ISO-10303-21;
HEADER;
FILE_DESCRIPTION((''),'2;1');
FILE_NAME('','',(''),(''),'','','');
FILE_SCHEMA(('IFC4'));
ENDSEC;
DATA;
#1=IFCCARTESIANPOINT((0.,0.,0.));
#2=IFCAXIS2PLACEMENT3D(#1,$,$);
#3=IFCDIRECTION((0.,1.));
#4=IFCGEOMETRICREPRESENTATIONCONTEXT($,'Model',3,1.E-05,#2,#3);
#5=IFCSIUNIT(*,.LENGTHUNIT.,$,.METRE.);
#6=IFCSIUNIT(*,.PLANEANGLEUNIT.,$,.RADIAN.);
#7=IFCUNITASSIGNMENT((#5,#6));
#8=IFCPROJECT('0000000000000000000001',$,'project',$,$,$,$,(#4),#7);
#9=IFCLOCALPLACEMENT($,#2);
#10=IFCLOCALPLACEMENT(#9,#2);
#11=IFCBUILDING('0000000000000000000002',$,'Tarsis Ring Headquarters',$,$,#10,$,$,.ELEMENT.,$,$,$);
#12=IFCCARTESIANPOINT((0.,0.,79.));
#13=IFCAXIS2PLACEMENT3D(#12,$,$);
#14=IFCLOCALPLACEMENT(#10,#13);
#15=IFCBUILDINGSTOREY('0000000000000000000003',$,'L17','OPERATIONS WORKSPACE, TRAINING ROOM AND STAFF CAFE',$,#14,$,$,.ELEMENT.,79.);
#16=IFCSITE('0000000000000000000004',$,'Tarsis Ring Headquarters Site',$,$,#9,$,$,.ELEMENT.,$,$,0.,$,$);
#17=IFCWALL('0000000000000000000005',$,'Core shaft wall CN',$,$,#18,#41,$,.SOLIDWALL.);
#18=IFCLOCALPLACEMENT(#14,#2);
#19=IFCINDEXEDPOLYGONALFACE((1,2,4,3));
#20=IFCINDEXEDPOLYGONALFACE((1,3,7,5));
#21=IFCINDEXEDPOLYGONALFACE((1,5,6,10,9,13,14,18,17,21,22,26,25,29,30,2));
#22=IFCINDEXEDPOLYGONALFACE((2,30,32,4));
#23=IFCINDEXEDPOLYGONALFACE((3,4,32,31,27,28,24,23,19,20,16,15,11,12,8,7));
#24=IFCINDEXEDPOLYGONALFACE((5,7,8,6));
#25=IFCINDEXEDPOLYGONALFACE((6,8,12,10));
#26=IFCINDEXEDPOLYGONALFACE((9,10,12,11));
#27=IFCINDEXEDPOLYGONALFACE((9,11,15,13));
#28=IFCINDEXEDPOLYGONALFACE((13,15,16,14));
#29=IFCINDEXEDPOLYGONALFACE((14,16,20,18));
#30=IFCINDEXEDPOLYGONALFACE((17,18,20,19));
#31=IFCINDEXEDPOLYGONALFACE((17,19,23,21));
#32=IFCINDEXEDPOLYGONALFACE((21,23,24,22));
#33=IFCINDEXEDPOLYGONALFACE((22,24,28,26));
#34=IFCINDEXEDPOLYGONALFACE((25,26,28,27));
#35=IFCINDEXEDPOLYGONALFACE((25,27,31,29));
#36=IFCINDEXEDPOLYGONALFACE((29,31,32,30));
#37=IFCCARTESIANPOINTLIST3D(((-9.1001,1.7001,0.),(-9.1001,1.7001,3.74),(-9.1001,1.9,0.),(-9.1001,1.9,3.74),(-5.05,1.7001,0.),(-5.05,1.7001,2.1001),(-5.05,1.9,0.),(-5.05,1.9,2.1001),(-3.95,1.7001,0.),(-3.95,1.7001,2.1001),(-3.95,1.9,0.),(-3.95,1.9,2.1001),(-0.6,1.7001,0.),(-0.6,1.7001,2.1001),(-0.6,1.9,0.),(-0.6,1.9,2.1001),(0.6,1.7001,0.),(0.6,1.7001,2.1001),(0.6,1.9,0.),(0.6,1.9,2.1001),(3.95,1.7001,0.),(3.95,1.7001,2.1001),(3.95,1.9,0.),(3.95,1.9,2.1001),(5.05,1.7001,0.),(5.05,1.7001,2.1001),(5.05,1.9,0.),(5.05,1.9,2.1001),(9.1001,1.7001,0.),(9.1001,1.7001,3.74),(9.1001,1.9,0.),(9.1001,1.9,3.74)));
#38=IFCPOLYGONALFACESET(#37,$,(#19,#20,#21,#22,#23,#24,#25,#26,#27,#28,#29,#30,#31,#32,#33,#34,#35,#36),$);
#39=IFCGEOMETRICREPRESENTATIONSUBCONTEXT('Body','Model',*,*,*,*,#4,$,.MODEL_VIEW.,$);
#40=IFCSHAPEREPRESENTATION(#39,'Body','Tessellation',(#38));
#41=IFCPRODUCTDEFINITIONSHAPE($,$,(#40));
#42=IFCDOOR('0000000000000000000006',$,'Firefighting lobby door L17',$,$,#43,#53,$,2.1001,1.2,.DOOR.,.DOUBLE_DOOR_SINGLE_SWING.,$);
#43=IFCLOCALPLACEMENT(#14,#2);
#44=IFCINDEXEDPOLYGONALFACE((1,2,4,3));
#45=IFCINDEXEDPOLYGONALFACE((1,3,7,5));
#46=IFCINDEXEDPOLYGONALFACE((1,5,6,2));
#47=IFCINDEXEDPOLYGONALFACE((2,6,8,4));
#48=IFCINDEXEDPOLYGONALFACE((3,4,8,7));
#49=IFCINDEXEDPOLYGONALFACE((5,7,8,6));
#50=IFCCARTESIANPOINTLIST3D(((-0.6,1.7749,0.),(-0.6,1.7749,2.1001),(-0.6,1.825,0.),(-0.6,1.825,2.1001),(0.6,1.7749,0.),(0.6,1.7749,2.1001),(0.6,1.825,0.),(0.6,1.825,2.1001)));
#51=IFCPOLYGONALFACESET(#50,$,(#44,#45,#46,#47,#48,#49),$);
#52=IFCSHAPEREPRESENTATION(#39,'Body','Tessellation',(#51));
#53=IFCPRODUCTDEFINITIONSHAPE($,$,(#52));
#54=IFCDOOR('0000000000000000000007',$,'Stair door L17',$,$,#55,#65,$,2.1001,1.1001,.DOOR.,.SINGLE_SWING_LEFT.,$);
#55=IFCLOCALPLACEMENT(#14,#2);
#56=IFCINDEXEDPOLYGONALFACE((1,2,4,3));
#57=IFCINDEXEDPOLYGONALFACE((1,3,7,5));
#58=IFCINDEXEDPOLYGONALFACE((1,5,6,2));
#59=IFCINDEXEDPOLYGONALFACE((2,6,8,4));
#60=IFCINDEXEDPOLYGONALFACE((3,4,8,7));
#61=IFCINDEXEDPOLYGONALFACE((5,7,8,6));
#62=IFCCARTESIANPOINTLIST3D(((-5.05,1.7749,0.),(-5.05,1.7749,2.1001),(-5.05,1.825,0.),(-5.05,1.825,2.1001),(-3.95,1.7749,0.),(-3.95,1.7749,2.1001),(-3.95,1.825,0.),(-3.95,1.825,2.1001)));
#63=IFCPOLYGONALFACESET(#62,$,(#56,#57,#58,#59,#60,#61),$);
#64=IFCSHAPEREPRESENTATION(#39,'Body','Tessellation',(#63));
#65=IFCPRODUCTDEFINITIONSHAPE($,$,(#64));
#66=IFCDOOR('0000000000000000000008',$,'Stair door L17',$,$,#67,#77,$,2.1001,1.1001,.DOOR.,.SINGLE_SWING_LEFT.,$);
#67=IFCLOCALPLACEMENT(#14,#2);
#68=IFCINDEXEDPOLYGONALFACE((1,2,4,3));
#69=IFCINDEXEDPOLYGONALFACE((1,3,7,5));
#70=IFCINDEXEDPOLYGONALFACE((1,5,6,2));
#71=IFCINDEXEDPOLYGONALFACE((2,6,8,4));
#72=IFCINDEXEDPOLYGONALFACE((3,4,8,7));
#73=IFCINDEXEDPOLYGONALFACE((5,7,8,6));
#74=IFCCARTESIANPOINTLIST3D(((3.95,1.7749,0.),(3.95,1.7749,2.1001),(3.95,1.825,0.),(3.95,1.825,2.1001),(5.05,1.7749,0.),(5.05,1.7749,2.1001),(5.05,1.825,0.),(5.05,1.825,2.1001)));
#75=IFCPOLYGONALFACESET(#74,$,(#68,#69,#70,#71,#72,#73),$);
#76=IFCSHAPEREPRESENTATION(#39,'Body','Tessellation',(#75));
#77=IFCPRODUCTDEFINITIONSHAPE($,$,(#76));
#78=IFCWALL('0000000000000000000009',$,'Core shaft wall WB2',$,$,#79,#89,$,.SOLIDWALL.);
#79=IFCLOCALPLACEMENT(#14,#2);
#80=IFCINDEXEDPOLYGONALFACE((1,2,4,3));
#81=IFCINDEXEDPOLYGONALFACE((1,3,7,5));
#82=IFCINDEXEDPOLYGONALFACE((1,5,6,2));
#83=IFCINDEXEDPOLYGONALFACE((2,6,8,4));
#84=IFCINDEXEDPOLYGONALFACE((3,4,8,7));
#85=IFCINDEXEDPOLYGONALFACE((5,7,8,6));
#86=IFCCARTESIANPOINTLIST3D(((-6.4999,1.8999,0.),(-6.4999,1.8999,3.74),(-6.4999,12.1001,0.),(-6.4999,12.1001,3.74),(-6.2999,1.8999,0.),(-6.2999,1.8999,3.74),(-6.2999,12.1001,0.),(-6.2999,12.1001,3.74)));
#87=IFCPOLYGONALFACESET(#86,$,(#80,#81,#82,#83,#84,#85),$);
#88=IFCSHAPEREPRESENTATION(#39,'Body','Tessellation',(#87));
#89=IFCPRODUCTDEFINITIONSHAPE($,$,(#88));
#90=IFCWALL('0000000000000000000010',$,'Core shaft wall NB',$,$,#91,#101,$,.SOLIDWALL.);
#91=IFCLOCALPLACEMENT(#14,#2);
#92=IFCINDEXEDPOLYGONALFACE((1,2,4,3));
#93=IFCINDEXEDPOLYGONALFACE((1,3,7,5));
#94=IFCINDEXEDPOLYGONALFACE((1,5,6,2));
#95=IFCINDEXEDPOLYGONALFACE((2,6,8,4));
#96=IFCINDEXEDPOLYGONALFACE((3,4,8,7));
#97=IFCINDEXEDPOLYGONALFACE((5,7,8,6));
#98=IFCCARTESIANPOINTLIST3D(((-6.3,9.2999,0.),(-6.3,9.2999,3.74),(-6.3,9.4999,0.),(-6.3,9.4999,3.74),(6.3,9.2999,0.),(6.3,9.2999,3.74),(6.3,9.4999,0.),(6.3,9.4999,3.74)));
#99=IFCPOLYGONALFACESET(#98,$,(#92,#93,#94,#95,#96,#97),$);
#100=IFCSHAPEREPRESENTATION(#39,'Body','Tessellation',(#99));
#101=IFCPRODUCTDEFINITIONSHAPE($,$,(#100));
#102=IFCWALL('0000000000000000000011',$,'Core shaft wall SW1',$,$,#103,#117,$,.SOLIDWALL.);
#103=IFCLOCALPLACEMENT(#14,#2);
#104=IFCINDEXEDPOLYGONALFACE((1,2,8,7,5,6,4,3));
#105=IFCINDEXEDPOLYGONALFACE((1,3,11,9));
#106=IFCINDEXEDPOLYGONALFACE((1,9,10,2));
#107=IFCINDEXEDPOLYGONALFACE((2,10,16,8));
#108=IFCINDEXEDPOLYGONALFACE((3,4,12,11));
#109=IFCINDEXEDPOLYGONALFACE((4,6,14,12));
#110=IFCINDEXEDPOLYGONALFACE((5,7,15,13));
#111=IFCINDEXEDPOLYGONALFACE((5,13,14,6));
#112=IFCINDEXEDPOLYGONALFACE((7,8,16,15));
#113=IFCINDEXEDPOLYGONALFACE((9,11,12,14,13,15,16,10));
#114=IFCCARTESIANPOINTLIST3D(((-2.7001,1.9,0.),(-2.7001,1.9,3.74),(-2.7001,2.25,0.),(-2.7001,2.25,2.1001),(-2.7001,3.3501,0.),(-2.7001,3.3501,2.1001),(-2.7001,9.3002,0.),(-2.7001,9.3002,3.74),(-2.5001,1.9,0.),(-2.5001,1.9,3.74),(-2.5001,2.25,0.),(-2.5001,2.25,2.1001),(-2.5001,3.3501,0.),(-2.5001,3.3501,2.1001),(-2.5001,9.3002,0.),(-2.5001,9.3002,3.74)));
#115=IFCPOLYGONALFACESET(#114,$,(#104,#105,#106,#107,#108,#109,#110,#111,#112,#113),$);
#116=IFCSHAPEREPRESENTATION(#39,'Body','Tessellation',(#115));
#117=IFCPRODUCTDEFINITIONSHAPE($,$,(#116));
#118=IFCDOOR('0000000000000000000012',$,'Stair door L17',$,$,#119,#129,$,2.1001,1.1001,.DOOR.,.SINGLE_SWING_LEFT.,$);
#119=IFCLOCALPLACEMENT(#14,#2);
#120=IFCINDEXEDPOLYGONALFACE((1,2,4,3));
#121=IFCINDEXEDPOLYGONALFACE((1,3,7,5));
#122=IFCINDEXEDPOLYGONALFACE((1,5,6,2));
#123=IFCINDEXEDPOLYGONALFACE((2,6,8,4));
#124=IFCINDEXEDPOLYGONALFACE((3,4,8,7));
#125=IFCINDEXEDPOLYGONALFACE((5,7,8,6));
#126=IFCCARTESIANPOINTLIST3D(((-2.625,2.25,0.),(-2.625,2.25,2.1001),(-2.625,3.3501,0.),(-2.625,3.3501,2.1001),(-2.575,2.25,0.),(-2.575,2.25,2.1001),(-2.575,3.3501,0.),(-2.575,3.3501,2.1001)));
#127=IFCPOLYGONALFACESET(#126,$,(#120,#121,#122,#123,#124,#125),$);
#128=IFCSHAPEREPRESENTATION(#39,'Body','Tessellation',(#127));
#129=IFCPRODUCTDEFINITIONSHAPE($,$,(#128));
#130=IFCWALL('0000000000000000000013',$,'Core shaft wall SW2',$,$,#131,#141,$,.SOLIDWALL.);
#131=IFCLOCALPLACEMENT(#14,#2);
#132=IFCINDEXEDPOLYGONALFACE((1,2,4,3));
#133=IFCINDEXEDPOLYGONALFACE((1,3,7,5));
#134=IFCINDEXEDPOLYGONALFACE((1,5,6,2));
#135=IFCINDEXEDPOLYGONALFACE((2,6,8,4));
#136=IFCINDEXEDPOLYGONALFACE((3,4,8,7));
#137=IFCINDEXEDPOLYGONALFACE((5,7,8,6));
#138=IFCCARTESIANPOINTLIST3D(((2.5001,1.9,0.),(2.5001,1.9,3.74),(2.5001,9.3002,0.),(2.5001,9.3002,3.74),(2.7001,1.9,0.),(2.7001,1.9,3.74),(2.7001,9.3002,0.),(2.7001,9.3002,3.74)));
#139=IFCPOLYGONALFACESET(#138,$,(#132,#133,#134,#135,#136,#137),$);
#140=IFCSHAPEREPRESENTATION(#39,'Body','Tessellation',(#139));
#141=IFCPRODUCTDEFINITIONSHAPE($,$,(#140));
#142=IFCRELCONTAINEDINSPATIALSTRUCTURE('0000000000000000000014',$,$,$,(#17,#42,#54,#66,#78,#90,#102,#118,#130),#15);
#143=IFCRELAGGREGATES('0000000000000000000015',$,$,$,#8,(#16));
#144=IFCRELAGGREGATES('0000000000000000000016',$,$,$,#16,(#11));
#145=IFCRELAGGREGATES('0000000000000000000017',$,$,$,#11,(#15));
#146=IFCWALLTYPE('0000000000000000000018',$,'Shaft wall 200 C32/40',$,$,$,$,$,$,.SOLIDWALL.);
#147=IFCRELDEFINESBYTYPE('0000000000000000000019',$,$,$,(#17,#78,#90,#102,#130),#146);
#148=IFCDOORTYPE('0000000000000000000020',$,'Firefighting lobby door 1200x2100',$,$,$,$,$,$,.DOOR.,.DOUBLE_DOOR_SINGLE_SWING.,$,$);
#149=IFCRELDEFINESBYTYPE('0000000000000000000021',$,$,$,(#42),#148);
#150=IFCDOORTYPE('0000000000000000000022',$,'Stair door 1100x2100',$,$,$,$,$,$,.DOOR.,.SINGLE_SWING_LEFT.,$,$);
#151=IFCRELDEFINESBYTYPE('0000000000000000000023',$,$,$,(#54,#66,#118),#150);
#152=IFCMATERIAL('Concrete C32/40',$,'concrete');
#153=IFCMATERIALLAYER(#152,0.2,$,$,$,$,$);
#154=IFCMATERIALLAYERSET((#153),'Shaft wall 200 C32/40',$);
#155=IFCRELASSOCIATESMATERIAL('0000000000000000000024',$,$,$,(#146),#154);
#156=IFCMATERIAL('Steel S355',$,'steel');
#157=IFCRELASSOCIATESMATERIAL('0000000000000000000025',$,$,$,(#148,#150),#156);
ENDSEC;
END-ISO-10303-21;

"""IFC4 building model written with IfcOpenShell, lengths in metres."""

from ifc_helpers import new_model, si_unit, direction, frame, frame_2d, origin, place, context, subcontext, project, spatial, rectangle, extrude, material, layer, layer_set, type_object, element, fill, save


model = new_model("IFC4")

# Units and contexts
model_context = context("Model", 3, precision=1e-05, world=origin(), true_north=direction((0.0, 1.0)))
body_context = subcontext(model_context, "Body", "Model", "MODEL_VIEW")
ifc_project = project(units=[si_unit("LENGTHUNIT", "METRE"), si_unit("PLANEANGLEUNIT", "RADIAN")], contexts=[model_context])

# Site, building, storey
site_placement = place(None, origin())
site = spatial("IfcSite", under=ifc_project, at=site_placement, Name="Tarsis Ring Headquarters Site", CompositionType="ELEMENT", RefElevation=0.0)
building_placement = place(site_placement, origin())
building = spatial("IfcBuilding", under=site, at=building_placement, Name="Tarsis Ring Headquarters", CompositionType="ELEMENT")
storey_placement = place(building_placement, frame((0.0, 0.0, 79.0)))
storey = spatial("IfcBuildingStorey", under=building, at=storey_placement, Name="L17", Description="OPERATIONS WORKSPACE, TRAINING ROOM AND STAFF CAFE", CompositionType="ELEMENT", Elevation=79.0)

# Shared definitions
ifc_material_1 = material(Name="Concrete C32/40", Category="concrete")

# Wall, openings, doors
ifc_layer_1 = layer(ifc_material_1, 0.2)
ifc_layer_set_1 = layer_set([ifc_layer_1], Name="Shaft wall 200 C32/40")
wall_type_1 = type_object("IfcWallType", Name="Shaft wall 200 C32/40", PredefinedType="SOLIDWALL", material=ifc_layer_set_1)
wall_1_placement = place(storey_placement, frame((-9.1001, 1.8, 0.0), z_axis=(0.0, 0.0, 1.0), x_axis=(1.0, 0.0, 0.0)))
wall_1 = element("IfcWall", 1, at=wall_1_placement, inside=storey, type_object=wall_type_1, Name="Core shaft wall CN", PredefinedType="SOLIDWALL", context=body_context, shape_type="SweptSolid", body=[
    extrude(rectangle(XDim=18.2002, YDim=0.2, at=frame_2d((9.1001, 0.0))), origin(), (0.0, 0.0, 1.0), 3.74),
])
opening_1_placement = place(wall_1_placement, frame((4.05, 0.0, 0.0)))
opening_1 = element("IfcOpeningElement", 2, at=opening_1_placement, cuts=wall_1, PredefinedType="OPENING", context=body_context, shape_type="SweptSolid", body=[
    extrude(rectangle(XDim=1.1001, YDim=2.1001, at=frame_2d((0.55, 1.05))), frame((0.0, 0.1099, 0.0), z_axis=(0.0, -1.0, 0.0), x_axis=(1.0, 0.0, 0.0)), (0.0, 0.0, 1.0), 0.22),
])
opening_2_placement = place(wall_1_placement, frame((8.5, 0.0, 0.0)))
opening_2 = element("IfcOpeningElement", 3, at=opening_2_placement, cuts=wall_1, PredefinedType="OPENING", context=body_context, shape_type="SweptSolid", body=[
    extrude(rectangle(XDim=1.2, YDim=2.1001, at=frame_2d((0.6001, 1.05))), frame((0.0, 0.1099, 0.0), z_axis=(0.0, -1.0, 0.0), x_axis=(1.0, 0.0, 0.0)), (0.0, 0.0, 1.0), 0.22),
])
opening_3_placement = place(wall_1_placement, frame((13.05, 0.0, 0.0)))
opening_3 = element("IfcOpeningElement", 4, at=opening_3_placement, cuts=wall_1, PredefinedType="OPENING", context=body_context, shape_type="SweptSolid", body=[
    extrude(rectangle(XDim=1.1001, YDim=2.1001, at=frame_2d((0.55, 1.05))), frame((0.0, 0.1099, 0.0), z_axis=(0.0, -1.0, 0.0), x_axis=(1.0, 0.0, 0.0)), (0.0, 0.0, 1.0), 0.22),
])
ifc_material_2 = material(Name="Steel S355", Category="steel")
door_type_1 = type_object("IfcDoorType", Name="Firefighting lobby door 1200x2100", OperationType="DOUBLE_DOOR_SINGLE_SWING", PredefinedType="DOOR", material=ifc_material_2)
door_1_placement = place(opening_2_placement, origin())
door_1 = element("IfcDoor", 5, at=door_1_placement, inside=storey, type_object=door_type_1, Name="Firefighting lobby door L17", OperationType="DOUBLE_DOOR_SINGLE_SWING", OverallHeight=2.1001, OverallWidth=1.2, PredefinedType="DOOR", context=body_context, shape_type="SweptSolid", body=[
    extrude(rectangle(XDim=1.2, YDim=2.1001, at=frame_2d((0.6001, 1.05))), frame((0.0, 0.0249, 0.0), z_axis=(0.0, -1.0, 0.0), x_axis=(1.0, 0.0, 0.0)), (0.0, 0.0, 1.0), 0.05),
])
fill(opening_2, door_1)
door_type_2 = type_object("IfcDoorType", Name="Stair door 1100x2100", OperationType="SINGLE_SWING_LEFT", PredefinedType="DOOR", material=ifc_material_2)
door_2_placement = place(opening_1_placement, origin())
door_2 = element("IfcDoor", 6, at=door_2_placement, inside=storey, type_object=door_type_2, Name="Stair door L17", OperationType="SINGLE_SWING_LEFT", OverallHeight=2.1001, OverallWidth=1.1001, PredefinedType="DOOR", context=body_context, shape_type="SweptSolid", body=[
    extrude(rectangle(XDim=1.1001, YDim=2.1001, at=frame_2d((0.55, 1.05))), frame((0.0, 0.0249, 0.0), z_axis=(0.0, -1.0, 0.0), x_axis=(1.0, 0.0, 0.0)), (0.0, 0.0, 1.0), 0.05),
])
fill(opening_1, door_2)
door_3_placement = place(opening_3_placement, origin())
door_3 = element("IfcDoor", 7, at=door_3_placement, inside=storey, type_object=door_type_2, Name="Stair door L17", OperationType="SINGLE_SWING_LEFT", OverallHeight=2.1001, OverallWidth=1.1001, PredefinedType="DOOR", context=body_context, shape_type="SweptSolid", body=[
    extrude(rectangle(XDim=1.1001, YDim=2.1001, at=frame_2d((0.55, 1.05))), frame((0.0, 0.0249, 0.0), z_axis=(0.0, -1.0, 0.0), x_axis=(1.0, 0.0, 0.0)), (0.0, 0.0, 1.0), 0.05),
])
fill(opening_3, door_3)

# Walls
wall_2_placement = place(storey_placement, frame((-6.3999, 1.8999, 0.0), z_axis=(0.0, 0.0, 1.0), x_axis=(0.0, 1.0, 0.0)))
element("IfcWall", 8, at=wall_2_placement, inside=storey, type_object=wall_type_1, Name="Core shaft wall WB2", PredefinedType="SOLIDWALL", context=body_context, shape_type="SweptSolid", body=[
    extrude(rectangle(XDim=10.2002, YDim=0.2, at=frame_2d((5.1001, 0.0))), origin(), (0.0, 0.0, 1.0), 3.74),
])
wall_3_placement = place(storey_placement, frame((-6.3, 9.3999, 0.0), z_axis=(0.0, 0.0, 1.0), x_axis=(1.0, 0.0, 0.0)))
element("IfcWall", 9, at=wall_3_placement, inside=storey, type_object=wall_type_1, Name="Core shaft wall NB", PredefinedType="SOLIDWALL", context=body_context, shape_type="SweptSolid", body=[
    extrude(rectangle(XDim=12.6001, YDim=0.2, at=frame_2d((6.3, 0.0))), origin(), (0.0, 0.0, 1.0), 3.74),
])

# Wall, opening, door
wall_4_placement = place(storey_placement, frame((-2.6001, 1.8999, 0.0), z_axis=(0.0, 0.0, 1.0), x_axis=(0.0, 1.0, 0.0)))
wall_4 = element("IfcWall", 10, at=wall_4_placement, inside=storey, type_object=wall_type_1, Name="Core shaft wall SW1", PredefinedType="SOLIDWALL", context=body_context, shape_type="SweptSolid", body=[
    extrude(rectangle(XDim=7.4001, YDim=0.2, at=frame_2d((3.7002, 0.0))), origin(), (0.0, 0.0, 1.0), 3.74),
])
opening_4_placement = place(wall_4_placement, frame((0.3501, 0.0, 0.0)))
opening_4 = element("IfcOpeningElement", 11, at=opening_4_placement, cuts=wall_4, PredefinedType="OPENING", context=body_context, shape_type="SweptSolid", body=[
    extrude(rectangle(XDim=1.1001, YDim=2.1001, at=frame_2d((0.55, 1.05))), frame((0.0, 0.1099, 0.0), z_axis=(0.0, -1.0, 0.0), x_axis=(1.0, 0.0, 0.0)), (0.0, 0.0, 1.0), 0.22),
])
door_4_placement = place(opening_4_placement, origin())
door_4 = element("IfcDoor", 12, at=door_4_placement, inside=storey, type_object=door_type_2, Name="Stair door L17", OperationType="SINGLE_SWING_LEFT", OverallHeight=2.1001, OverallWidth=1.1001, PredefinedType="DOOR", context=body_context, shape_type="SweptSolid", body=[
    extrude(rectangle(XDim=1.1001, YDim=2.1001, at=frame_2d((0.55, 1.05))), frame((0.0, 0.0249, 0.0), z_axis=(0.0, -1.0, 0.0), x_axis=(1.0, 0.0, 0.0)), (0.0, 0.0, 1.0), 0.05),
])
fill(opening_4, door_4)

# Wall
wall_5_placement = place(storey_placement, frame((2.6001, 1.8999, 0.0), z_axis=(0.0, 0.0, 1.0), x_axis=(0.0, 1.0, 0.0)))
element("IfcWall", 13, at=wall_5_placement, inside=storey, type_object=wall_type_1, Name="Core shaft wall SW2", PredefinedType="SOLIDWALL", context=body_context, shape_type="SweptSolid", body=[
    extrude(rectangle(XDim=7.4001, YDim=0.2, at=frame_2d((3.7002, 0.0))), origin(), (0.0, 0.0, 1.0), 3.74),
])

save(model, "model.ifc")
